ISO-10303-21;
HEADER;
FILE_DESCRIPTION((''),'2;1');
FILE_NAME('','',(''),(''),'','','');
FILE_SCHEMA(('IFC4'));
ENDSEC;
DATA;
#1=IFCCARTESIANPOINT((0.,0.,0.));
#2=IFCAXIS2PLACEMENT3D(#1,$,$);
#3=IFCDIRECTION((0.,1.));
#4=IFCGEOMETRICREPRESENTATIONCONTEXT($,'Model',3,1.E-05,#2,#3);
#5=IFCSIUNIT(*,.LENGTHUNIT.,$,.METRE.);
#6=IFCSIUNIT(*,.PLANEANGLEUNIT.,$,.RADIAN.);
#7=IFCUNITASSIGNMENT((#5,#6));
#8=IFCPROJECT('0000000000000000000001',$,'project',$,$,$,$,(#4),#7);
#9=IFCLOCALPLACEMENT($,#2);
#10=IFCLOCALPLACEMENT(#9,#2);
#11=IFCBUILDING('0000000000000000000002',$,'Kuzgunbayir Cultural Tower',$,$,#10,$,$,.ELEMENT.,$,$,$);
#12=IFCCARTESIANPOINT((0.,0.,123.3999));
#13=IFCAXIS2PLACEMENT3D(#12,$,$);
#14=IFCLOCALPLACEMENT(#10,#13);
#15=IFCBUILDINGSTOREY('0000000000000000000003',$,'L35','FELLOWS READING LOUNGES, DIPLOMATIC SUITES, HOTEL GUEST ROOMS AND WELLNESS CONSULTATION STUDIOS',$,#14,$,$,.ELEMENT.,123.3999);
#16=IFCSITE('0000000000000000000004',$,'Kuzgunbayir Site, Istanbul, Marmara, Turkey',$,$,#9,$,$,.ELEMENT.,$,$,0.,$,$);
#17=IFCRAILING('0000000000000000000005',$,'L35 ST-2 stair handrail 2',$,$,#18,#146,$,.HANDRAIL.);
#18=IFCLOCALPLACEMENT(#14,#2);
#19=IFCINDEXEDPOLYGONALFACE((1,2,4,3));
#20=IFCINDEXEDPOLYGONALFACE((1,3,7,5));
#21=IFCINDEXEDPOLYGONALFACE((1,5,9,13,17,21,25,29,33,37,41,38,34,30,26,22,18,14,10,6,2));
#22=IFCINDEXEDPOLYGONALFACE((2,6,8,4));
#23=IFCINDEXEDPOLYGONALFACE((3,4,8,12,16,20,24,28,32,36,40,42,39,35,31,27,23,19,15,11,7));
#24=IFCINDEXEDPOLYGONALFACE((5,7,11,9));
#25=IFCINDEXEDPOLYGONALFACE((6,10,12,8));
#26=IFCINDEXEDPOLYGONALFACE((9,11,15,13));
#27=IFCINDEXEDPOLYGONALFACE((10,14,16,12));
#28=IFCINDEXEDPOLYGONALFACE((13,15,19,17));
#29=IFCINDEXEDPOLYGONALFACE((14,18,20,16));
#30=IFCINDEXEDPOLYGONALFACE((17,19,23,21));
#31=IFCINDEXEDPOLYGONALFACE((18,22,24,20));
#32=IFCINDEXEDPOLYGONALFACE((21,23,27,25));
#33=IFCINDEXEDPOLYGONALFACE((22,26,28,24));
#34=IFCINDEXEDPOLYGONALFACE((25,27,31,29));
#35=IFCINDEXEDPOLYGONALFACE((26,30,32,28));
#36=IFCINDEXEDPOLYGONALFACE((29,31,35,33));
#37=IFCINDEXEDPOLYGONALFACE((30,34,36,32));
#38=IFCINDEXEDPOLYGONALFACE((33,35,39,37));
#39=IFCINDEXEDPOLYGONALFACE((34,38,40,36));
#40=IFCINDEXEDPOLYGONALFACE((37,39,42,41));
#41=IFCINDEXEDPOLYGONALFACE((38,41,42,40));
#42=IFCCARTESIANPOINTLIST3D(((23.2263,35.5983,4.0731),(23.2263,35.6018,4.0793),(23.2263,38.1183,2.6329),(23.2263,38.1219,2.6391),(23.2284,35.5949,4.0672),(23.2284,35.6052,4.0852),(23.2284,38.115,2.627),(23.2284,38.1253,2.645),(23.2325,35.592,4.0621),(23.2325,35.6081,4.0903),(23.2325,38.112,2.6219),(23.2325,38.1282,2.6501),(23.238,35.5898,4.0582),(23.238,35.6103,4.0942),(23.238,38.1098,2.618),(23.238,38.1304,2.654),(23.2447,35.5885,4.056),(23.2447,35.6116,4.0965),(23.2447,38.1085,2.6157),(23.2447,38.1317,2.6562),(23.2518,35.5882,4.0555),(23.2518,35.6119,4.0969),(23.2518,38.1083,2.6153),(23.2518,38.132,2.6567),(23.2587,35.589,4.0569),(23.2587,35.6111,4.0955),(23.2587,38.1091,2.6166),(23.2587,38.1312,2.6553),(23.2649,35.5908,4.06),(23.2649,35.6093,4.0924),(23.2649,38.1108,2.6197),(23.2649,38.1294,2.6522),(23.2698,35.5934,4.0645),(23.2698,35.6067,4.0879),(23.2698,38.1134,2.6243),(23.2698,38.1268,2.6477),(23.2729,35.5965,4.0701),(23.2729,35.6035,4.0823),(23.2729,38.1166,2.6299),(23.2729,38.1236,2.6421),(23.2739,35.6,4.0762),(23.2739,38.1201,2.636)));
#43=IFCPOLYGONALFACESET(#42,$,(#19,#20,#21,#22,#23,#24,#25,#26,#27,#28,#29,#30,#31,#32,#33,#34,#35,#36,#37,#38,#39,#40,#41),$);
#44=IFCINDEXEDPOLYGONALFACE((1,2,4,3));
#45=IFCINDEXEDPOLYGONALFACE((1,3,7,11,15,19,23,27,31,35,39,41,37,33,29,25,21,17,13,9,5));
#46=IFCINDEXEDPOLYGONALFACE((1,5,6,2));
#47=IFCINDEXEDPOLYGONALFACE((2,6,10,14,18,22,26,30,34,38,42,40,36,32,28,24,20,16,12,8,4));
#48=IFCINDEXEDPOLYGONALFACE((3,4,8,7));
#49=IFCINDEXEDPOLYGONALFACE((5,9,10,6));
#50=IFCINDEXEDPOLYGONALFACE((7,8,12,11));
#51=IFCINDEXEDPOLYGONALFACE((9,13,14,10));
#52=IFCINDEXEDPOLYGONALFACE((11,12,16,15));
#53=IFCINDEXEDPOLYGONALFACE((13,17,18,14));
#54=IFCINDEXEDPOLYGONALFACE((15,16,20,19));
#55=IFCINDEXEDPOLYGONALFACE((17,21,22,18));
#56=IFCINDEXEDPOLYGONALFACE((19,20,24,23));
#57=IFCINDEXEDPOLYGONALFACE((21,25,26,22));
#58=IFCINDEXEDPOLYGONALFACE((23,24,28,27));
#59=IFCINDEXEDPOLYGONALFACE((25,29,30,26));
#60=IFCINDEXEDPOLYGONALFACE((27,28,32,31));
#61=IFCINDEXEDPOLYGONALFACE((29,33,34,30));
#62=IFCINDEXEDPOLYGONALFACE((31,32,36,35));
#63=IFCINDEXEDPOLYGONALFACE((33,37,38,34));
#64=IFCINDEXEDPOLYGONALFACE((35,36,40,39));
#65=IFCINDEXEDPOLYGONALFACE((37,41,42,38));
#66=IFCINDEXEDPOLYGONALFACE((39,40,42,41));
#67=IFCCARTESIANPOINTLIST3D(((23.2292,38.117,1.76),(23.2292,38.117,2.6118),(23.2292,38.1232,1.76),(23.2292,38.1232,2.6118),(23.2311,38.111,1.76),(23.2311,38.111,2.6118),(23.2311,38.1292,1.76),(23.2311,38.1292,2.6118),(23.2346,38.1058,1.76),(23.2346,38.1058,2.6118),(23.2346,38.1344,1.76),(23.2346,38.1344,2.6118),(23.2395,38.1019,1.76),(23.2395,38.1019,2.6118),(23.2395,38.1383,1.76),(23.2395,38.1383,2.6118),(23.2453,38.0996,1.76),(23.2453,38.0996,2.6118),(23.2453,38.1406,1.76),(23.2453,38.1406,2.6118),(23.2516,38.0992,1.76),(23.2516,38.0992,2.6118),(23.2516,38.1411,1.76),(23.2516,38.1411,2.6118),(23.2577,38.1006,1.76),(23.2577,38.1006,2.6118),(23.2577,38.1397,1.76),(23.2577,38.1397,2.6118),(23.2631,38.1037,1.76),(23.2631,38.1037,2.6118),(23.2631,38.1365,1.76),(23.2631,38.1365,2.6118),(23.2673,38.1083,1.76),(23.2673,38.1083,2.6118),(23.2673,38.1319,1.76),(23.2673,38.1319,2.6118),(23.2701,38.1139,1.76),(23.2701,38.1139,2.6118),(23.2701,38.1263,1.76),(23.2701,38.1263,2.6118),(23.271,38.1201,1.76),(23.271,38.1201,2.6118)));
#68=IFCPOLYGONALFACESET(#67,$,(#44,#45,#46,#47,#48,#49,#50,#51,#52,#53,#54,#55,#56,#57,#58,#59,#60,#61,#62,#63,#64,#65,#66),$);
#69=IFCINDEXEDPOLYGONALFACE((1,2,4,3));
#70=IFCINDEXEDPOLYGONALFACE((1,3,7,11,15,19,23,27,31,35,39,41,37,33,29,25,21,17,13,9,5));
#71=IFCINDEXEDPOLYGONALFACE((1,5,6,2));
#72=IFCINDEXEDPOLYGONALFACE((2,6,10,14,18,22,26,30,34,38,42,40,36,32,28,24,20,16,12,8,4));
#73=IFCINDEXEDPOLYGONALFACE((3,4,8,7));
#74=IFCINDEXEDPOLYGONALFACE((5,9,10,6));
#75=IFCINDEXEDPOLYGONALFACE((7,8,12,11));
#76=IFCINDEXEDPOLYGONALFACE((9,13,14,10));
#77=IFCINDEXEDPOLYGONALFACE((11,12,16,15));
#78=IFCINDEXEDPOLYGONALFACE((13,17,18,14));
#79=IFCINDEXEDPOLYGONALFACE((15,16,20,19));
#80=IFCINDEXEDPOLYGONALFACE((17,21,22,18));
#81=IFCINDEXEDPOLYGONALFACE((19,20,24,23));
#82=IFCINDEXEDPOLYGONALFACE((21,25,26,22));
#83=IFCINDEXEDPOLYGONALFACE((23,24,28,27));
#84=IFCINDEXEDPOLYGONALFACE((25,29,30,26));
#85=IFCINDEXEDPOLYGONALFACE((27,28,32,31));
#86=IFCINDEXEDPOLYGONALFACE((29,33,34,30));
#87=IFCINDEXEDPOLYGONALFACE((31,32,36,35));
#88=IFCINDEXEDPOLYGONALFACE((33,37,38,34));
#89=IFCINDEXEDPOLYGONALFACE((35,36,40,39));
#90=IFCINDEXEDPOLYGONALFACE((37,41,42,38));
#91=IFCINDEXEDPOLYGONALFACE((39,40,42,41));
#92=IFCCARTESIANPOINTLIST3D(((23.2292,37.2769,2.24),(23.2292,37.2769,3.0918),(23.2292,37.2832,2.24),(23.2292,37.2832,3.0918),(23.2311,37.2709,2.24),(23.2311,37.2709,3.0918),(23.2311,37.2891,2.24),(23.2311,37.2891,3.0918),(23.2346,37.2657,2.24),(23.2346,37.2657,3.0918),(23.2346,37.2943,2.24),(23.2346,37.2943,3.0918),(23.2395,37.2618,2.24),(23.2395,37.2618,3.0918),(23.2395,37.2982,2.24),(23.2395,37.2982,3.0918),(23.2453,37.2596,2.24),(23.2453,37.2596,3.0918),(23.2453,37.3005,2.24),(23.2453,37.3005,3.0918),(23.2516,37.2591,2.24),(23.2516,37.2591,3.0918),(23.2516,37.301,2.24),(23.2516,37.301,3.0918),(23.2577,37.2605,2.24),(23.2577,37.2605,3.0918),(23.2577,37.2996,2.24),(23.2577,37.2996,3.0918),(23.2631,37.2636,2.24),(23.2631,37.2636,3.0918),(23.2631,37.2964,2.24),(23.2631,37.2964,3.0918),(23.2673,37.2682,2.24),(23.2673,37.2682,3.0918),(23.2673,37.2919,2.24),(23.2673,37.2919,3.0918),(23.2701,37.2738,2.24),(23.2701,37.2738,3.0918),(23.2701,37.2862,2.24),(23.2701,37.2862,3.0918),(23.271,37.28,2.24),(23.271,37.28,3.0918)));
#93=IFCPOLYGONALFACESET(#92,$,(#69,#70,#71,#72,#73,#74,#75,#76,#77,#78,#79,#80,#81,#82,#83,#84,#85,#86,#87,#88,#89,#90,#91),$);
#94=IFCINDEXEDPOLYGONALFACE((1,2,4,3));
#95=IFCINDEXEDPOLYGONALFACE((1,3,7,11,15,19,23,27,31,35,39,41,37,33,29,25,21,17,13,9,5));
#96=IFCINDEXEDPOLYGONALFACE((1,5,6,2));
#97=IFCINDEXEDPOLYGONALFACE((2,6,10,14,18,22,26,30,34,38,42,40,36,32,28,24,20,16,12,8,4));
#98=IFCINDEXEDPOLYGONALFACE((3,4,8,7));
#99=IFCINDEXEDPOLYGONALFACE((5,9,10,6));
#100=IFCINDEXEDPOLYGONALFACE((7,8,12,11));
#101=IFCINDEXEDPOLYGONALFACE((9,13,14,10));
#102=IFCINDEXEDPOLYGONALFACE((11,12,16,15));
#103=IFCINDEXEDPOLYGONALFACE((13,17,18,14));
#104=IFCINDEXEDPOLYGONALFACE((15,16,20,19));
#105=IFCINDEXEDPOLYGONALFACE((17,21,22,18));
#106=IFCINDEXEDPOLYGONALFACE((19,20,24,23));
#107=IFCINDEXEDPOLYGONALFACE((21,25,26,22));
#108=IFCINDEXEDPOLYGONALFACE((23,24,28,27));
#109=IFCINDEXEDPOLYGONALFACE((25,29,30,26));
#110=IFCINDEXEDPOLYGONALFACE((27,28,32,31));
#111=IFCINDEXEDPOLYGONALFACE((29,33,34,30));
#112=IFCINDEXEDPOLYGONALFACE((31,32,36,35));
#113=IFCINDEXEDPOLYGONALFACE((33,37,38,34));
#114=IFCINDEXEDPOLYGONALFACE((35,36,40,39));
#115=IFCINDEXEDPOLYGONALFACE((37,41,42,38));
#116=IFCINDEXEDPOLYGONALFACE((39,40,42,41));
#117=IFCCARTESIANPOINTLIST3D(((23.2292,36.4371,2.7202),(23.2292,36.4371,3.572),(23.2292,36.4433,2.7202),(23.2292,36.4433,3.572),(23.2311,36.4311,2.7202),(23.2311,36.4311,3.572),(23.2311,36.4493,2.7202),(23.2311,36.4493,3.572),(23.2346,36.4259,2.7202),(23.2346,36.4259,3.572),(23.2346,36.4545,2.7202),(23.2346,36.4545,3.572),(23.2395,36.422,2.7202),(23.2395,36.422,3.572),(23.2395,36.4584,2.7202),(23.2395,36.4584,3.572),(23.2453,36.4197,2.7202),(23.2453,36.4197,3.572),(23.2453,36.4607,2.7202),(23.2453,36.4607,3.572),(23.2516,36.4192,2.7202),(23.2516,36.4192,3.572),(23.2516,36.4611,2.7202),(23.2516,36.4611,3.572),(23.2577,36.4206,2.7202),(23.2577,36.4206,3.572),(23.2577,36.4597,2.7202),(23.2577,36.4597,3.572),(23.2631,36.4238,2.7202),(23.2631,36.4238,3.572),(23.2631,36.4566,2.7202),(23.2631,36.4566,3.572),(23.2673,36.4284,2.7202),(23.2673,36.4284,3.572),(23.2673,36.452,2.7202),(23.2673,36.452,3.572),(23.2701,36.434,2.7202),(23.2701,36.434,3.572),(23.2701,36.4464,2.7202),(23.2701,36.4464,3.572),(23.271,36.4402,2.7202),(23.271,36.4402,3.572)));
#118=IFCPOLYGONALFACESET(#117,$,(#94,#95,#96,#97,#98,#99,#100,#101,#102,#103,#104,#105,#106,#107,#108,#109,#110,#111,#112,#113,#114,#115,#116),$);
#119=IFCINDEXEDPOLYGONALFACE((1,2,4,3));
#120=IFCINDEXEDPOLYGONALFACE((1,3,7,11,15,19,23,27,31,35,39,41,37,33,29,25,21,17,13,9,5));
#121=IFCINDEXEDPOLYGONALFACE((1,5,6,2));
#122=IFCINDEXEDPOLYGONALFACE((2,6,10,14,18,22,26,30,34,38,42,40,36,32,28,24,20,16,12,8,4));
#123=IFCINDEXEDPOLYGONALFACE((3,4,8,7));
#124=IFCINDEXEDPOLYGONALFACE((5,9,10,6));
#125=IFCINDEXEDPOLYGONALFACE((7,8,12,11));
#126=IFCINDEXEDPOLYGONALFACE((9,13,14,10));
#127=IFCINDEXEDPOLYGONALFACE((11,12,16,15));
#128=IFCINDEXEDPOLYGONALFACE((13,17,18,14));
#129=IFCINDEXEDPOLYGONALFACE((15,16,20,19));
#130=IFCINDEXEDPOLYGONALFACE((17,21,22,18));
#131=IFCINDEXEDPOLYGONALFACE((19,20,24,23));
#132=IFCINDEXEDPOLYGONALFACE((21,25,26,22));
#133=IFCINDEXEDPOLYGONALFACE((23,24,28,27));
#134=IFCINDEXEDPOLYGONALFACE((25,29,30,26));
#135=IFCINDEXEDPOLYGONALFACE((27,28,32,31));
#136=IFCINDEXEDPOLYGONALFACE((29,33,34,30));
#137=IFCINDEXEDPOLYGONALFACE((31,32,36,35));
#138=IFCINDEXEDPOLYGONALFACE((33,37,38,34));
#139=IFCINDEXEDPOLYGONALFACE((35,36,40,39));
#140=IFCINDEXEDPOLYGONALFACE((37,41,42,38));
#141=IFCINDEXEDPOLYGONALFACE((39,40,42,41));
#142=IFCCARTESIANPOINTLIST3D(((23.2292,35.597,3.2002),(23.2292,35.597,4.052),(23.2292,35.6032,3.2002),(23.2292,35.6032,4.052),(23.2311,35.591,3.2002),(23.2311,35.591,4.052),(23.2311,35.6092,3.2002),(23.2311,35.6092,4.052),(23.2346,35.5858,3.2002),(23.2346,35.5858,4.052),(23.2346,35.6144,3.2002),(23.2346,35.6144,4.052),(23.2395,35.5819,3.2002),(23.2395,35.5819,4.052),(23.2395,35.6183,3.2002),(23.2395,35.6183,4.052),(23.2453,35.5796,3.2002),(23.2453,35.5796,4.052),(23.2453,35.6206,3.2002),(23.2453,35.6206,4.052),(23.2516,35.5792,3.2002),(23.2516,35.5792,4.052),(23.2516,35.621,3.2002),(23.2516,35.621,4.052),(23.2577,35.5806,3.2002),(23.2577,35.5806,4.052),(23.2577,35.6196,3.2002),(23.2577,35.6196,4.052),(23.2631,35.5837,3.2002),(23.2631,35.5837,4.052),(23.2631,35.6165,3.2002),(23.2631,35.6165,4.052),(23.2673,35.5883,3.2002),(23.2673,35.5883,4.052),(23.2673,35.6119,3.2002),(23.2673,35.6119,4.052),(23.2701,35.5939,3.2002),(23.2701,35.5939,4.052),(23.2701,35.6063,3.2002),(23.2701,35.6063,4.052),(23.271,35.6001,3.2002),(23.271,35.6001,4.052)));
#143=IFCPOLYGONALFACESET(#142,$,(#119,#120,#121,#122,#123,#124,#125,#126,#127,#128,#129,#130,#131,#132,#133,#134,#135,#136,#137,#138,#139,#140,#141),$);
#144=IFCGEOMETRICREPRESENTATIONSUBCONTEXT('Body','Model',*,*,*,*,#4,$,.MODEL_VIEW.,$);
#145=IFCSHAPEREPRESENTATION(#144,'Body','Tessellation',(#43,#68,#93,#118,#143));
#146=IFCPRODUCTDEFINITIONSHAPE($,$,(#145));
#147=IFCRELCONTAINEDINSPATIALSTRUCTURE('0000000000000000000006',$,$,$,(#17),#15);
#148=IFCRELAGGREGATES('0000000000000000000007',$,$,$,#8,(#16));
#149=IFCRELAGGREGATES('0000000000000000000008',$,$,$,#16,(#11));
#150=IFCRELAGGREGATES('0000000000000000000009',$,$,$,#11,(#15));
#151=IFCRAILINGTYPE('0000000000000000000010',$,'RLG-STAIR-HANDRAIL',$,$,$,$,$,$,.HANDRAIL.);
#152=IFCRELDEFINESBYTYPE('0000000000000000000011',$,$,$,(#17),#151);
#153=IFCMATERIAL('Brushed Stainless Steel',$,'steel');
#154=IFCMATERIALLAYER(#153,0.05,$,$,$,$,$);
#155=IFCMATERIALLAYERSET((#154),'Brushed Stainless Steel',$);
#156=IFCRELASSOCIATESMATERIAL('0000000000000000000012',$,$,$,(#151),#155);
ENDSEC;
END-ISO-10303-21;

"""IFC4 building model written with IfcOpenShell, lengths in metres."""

from ifc_helpers import new_model, si_unit, direction, frame, origin, origin_2d, place, context, subcontext, project, spatial, circle, extrude, material, layer, layer_set, type_object, element, save


model = new_model("IFC4")

# Units and contexts
model_context = context("Model", 3, precision=1e-05, world=origin(), true_north=direction((0.0, 1.0)))
body_context = subcontext(model_context, "Body", "Model", "MODEL_VIEW")
ifc_project = project(units=[si_unit("LENGTHUNIT", "METRE"), si_unit("PLANEANGLEUNIT", "RADIAN")], contexts=[model_context])

# Site, building, storey
site_placement = place(None, origin())
site = spatial("IfcSite", under=ifc_project, at=site_placement, Name="Kuzgunbayir Site, Istanbul, Marmara, Turkey", CompositionType="ELEMENT", RefElevation=0.0)
building_placement = place(site_placement, origin())
building = spatial("IfcBuilding", under=site, at=building_placement, Name="Kuzgunbayir Cultural Tower", CompositionType="ELEMENT")
storey_placement = place(building_placement, frame((0.0, 0.0, 123.3999)))
storey = spatial("IfcBuildingStorey", under=building, at=storey_placement, Name="L35", Description="FELLOWS READING LOUNGES, DIPLOMATIC SUITES, HOTEL GUEST ROOMS AND WELLNESS CONSULTATION STUDIOS", CompositionType="ELEMENT", Elevation=123.3999)

# Shared definitions
ifc_material_1 = material(Name="Brushed Stainless Steel", Category="steel")

# Railing
ifc_layer_1 = layer(ifc_material_1, 0.05)
ifc_layer_set_1 = layer_set([ifc_layer_1], Name="Brushed Stainless Steel")
railing_type_1 = type_object("IfcRailingType", Name="RLG-STAIR-HANDRAIL", PredefinedType="HANDRAIL", material=ifc_layer_set_1)
railing_1_placement = place(storey_placement, frame((23.25, 38.1201, 1.76)))
element("IfcRailing", 1, at=railing_1_placement, inside=storey, type_object=railing_type_1, Name="L35 ST-2 stair handrail 2", PredefinedType="HANDRAIL", context=body_context, shape_type="SweptSolid", body=[
    extrude(circle(Radius=0.0239, at=origin_2d()), frame((0.0, 0.0, 0.876), z_axis=(0.0, -0.868217, 0.496184), x_axis=(1.0, 0.0, 0.0)), (0.0, 0.0, 1.0), 2.9026),
    extrude(circle(Radius=0.021, at=origin_2d()), origin(), (0.0, 0.0, 1.0), 0.8518),
    extrude(circle(Radius=0.021, at=origin_2d()), frame((0.0, -0.8401, 0.48)), (0.0, 0.0, 1.0), 0.8518),
    extrude(circle(Radius=0.021, at=origin_2d()), frame((0.0, -1.6799, 0.9602)), (0.0, 0.0, 1.0), 0.8518),
    extrude(circle(Radius=0.021, at=origin_2d()), frame((0.0, -2.52, 1.4402)), (0.0, 0.0, 1.0), 0.8518),
])

save(model, "model.ifc")
